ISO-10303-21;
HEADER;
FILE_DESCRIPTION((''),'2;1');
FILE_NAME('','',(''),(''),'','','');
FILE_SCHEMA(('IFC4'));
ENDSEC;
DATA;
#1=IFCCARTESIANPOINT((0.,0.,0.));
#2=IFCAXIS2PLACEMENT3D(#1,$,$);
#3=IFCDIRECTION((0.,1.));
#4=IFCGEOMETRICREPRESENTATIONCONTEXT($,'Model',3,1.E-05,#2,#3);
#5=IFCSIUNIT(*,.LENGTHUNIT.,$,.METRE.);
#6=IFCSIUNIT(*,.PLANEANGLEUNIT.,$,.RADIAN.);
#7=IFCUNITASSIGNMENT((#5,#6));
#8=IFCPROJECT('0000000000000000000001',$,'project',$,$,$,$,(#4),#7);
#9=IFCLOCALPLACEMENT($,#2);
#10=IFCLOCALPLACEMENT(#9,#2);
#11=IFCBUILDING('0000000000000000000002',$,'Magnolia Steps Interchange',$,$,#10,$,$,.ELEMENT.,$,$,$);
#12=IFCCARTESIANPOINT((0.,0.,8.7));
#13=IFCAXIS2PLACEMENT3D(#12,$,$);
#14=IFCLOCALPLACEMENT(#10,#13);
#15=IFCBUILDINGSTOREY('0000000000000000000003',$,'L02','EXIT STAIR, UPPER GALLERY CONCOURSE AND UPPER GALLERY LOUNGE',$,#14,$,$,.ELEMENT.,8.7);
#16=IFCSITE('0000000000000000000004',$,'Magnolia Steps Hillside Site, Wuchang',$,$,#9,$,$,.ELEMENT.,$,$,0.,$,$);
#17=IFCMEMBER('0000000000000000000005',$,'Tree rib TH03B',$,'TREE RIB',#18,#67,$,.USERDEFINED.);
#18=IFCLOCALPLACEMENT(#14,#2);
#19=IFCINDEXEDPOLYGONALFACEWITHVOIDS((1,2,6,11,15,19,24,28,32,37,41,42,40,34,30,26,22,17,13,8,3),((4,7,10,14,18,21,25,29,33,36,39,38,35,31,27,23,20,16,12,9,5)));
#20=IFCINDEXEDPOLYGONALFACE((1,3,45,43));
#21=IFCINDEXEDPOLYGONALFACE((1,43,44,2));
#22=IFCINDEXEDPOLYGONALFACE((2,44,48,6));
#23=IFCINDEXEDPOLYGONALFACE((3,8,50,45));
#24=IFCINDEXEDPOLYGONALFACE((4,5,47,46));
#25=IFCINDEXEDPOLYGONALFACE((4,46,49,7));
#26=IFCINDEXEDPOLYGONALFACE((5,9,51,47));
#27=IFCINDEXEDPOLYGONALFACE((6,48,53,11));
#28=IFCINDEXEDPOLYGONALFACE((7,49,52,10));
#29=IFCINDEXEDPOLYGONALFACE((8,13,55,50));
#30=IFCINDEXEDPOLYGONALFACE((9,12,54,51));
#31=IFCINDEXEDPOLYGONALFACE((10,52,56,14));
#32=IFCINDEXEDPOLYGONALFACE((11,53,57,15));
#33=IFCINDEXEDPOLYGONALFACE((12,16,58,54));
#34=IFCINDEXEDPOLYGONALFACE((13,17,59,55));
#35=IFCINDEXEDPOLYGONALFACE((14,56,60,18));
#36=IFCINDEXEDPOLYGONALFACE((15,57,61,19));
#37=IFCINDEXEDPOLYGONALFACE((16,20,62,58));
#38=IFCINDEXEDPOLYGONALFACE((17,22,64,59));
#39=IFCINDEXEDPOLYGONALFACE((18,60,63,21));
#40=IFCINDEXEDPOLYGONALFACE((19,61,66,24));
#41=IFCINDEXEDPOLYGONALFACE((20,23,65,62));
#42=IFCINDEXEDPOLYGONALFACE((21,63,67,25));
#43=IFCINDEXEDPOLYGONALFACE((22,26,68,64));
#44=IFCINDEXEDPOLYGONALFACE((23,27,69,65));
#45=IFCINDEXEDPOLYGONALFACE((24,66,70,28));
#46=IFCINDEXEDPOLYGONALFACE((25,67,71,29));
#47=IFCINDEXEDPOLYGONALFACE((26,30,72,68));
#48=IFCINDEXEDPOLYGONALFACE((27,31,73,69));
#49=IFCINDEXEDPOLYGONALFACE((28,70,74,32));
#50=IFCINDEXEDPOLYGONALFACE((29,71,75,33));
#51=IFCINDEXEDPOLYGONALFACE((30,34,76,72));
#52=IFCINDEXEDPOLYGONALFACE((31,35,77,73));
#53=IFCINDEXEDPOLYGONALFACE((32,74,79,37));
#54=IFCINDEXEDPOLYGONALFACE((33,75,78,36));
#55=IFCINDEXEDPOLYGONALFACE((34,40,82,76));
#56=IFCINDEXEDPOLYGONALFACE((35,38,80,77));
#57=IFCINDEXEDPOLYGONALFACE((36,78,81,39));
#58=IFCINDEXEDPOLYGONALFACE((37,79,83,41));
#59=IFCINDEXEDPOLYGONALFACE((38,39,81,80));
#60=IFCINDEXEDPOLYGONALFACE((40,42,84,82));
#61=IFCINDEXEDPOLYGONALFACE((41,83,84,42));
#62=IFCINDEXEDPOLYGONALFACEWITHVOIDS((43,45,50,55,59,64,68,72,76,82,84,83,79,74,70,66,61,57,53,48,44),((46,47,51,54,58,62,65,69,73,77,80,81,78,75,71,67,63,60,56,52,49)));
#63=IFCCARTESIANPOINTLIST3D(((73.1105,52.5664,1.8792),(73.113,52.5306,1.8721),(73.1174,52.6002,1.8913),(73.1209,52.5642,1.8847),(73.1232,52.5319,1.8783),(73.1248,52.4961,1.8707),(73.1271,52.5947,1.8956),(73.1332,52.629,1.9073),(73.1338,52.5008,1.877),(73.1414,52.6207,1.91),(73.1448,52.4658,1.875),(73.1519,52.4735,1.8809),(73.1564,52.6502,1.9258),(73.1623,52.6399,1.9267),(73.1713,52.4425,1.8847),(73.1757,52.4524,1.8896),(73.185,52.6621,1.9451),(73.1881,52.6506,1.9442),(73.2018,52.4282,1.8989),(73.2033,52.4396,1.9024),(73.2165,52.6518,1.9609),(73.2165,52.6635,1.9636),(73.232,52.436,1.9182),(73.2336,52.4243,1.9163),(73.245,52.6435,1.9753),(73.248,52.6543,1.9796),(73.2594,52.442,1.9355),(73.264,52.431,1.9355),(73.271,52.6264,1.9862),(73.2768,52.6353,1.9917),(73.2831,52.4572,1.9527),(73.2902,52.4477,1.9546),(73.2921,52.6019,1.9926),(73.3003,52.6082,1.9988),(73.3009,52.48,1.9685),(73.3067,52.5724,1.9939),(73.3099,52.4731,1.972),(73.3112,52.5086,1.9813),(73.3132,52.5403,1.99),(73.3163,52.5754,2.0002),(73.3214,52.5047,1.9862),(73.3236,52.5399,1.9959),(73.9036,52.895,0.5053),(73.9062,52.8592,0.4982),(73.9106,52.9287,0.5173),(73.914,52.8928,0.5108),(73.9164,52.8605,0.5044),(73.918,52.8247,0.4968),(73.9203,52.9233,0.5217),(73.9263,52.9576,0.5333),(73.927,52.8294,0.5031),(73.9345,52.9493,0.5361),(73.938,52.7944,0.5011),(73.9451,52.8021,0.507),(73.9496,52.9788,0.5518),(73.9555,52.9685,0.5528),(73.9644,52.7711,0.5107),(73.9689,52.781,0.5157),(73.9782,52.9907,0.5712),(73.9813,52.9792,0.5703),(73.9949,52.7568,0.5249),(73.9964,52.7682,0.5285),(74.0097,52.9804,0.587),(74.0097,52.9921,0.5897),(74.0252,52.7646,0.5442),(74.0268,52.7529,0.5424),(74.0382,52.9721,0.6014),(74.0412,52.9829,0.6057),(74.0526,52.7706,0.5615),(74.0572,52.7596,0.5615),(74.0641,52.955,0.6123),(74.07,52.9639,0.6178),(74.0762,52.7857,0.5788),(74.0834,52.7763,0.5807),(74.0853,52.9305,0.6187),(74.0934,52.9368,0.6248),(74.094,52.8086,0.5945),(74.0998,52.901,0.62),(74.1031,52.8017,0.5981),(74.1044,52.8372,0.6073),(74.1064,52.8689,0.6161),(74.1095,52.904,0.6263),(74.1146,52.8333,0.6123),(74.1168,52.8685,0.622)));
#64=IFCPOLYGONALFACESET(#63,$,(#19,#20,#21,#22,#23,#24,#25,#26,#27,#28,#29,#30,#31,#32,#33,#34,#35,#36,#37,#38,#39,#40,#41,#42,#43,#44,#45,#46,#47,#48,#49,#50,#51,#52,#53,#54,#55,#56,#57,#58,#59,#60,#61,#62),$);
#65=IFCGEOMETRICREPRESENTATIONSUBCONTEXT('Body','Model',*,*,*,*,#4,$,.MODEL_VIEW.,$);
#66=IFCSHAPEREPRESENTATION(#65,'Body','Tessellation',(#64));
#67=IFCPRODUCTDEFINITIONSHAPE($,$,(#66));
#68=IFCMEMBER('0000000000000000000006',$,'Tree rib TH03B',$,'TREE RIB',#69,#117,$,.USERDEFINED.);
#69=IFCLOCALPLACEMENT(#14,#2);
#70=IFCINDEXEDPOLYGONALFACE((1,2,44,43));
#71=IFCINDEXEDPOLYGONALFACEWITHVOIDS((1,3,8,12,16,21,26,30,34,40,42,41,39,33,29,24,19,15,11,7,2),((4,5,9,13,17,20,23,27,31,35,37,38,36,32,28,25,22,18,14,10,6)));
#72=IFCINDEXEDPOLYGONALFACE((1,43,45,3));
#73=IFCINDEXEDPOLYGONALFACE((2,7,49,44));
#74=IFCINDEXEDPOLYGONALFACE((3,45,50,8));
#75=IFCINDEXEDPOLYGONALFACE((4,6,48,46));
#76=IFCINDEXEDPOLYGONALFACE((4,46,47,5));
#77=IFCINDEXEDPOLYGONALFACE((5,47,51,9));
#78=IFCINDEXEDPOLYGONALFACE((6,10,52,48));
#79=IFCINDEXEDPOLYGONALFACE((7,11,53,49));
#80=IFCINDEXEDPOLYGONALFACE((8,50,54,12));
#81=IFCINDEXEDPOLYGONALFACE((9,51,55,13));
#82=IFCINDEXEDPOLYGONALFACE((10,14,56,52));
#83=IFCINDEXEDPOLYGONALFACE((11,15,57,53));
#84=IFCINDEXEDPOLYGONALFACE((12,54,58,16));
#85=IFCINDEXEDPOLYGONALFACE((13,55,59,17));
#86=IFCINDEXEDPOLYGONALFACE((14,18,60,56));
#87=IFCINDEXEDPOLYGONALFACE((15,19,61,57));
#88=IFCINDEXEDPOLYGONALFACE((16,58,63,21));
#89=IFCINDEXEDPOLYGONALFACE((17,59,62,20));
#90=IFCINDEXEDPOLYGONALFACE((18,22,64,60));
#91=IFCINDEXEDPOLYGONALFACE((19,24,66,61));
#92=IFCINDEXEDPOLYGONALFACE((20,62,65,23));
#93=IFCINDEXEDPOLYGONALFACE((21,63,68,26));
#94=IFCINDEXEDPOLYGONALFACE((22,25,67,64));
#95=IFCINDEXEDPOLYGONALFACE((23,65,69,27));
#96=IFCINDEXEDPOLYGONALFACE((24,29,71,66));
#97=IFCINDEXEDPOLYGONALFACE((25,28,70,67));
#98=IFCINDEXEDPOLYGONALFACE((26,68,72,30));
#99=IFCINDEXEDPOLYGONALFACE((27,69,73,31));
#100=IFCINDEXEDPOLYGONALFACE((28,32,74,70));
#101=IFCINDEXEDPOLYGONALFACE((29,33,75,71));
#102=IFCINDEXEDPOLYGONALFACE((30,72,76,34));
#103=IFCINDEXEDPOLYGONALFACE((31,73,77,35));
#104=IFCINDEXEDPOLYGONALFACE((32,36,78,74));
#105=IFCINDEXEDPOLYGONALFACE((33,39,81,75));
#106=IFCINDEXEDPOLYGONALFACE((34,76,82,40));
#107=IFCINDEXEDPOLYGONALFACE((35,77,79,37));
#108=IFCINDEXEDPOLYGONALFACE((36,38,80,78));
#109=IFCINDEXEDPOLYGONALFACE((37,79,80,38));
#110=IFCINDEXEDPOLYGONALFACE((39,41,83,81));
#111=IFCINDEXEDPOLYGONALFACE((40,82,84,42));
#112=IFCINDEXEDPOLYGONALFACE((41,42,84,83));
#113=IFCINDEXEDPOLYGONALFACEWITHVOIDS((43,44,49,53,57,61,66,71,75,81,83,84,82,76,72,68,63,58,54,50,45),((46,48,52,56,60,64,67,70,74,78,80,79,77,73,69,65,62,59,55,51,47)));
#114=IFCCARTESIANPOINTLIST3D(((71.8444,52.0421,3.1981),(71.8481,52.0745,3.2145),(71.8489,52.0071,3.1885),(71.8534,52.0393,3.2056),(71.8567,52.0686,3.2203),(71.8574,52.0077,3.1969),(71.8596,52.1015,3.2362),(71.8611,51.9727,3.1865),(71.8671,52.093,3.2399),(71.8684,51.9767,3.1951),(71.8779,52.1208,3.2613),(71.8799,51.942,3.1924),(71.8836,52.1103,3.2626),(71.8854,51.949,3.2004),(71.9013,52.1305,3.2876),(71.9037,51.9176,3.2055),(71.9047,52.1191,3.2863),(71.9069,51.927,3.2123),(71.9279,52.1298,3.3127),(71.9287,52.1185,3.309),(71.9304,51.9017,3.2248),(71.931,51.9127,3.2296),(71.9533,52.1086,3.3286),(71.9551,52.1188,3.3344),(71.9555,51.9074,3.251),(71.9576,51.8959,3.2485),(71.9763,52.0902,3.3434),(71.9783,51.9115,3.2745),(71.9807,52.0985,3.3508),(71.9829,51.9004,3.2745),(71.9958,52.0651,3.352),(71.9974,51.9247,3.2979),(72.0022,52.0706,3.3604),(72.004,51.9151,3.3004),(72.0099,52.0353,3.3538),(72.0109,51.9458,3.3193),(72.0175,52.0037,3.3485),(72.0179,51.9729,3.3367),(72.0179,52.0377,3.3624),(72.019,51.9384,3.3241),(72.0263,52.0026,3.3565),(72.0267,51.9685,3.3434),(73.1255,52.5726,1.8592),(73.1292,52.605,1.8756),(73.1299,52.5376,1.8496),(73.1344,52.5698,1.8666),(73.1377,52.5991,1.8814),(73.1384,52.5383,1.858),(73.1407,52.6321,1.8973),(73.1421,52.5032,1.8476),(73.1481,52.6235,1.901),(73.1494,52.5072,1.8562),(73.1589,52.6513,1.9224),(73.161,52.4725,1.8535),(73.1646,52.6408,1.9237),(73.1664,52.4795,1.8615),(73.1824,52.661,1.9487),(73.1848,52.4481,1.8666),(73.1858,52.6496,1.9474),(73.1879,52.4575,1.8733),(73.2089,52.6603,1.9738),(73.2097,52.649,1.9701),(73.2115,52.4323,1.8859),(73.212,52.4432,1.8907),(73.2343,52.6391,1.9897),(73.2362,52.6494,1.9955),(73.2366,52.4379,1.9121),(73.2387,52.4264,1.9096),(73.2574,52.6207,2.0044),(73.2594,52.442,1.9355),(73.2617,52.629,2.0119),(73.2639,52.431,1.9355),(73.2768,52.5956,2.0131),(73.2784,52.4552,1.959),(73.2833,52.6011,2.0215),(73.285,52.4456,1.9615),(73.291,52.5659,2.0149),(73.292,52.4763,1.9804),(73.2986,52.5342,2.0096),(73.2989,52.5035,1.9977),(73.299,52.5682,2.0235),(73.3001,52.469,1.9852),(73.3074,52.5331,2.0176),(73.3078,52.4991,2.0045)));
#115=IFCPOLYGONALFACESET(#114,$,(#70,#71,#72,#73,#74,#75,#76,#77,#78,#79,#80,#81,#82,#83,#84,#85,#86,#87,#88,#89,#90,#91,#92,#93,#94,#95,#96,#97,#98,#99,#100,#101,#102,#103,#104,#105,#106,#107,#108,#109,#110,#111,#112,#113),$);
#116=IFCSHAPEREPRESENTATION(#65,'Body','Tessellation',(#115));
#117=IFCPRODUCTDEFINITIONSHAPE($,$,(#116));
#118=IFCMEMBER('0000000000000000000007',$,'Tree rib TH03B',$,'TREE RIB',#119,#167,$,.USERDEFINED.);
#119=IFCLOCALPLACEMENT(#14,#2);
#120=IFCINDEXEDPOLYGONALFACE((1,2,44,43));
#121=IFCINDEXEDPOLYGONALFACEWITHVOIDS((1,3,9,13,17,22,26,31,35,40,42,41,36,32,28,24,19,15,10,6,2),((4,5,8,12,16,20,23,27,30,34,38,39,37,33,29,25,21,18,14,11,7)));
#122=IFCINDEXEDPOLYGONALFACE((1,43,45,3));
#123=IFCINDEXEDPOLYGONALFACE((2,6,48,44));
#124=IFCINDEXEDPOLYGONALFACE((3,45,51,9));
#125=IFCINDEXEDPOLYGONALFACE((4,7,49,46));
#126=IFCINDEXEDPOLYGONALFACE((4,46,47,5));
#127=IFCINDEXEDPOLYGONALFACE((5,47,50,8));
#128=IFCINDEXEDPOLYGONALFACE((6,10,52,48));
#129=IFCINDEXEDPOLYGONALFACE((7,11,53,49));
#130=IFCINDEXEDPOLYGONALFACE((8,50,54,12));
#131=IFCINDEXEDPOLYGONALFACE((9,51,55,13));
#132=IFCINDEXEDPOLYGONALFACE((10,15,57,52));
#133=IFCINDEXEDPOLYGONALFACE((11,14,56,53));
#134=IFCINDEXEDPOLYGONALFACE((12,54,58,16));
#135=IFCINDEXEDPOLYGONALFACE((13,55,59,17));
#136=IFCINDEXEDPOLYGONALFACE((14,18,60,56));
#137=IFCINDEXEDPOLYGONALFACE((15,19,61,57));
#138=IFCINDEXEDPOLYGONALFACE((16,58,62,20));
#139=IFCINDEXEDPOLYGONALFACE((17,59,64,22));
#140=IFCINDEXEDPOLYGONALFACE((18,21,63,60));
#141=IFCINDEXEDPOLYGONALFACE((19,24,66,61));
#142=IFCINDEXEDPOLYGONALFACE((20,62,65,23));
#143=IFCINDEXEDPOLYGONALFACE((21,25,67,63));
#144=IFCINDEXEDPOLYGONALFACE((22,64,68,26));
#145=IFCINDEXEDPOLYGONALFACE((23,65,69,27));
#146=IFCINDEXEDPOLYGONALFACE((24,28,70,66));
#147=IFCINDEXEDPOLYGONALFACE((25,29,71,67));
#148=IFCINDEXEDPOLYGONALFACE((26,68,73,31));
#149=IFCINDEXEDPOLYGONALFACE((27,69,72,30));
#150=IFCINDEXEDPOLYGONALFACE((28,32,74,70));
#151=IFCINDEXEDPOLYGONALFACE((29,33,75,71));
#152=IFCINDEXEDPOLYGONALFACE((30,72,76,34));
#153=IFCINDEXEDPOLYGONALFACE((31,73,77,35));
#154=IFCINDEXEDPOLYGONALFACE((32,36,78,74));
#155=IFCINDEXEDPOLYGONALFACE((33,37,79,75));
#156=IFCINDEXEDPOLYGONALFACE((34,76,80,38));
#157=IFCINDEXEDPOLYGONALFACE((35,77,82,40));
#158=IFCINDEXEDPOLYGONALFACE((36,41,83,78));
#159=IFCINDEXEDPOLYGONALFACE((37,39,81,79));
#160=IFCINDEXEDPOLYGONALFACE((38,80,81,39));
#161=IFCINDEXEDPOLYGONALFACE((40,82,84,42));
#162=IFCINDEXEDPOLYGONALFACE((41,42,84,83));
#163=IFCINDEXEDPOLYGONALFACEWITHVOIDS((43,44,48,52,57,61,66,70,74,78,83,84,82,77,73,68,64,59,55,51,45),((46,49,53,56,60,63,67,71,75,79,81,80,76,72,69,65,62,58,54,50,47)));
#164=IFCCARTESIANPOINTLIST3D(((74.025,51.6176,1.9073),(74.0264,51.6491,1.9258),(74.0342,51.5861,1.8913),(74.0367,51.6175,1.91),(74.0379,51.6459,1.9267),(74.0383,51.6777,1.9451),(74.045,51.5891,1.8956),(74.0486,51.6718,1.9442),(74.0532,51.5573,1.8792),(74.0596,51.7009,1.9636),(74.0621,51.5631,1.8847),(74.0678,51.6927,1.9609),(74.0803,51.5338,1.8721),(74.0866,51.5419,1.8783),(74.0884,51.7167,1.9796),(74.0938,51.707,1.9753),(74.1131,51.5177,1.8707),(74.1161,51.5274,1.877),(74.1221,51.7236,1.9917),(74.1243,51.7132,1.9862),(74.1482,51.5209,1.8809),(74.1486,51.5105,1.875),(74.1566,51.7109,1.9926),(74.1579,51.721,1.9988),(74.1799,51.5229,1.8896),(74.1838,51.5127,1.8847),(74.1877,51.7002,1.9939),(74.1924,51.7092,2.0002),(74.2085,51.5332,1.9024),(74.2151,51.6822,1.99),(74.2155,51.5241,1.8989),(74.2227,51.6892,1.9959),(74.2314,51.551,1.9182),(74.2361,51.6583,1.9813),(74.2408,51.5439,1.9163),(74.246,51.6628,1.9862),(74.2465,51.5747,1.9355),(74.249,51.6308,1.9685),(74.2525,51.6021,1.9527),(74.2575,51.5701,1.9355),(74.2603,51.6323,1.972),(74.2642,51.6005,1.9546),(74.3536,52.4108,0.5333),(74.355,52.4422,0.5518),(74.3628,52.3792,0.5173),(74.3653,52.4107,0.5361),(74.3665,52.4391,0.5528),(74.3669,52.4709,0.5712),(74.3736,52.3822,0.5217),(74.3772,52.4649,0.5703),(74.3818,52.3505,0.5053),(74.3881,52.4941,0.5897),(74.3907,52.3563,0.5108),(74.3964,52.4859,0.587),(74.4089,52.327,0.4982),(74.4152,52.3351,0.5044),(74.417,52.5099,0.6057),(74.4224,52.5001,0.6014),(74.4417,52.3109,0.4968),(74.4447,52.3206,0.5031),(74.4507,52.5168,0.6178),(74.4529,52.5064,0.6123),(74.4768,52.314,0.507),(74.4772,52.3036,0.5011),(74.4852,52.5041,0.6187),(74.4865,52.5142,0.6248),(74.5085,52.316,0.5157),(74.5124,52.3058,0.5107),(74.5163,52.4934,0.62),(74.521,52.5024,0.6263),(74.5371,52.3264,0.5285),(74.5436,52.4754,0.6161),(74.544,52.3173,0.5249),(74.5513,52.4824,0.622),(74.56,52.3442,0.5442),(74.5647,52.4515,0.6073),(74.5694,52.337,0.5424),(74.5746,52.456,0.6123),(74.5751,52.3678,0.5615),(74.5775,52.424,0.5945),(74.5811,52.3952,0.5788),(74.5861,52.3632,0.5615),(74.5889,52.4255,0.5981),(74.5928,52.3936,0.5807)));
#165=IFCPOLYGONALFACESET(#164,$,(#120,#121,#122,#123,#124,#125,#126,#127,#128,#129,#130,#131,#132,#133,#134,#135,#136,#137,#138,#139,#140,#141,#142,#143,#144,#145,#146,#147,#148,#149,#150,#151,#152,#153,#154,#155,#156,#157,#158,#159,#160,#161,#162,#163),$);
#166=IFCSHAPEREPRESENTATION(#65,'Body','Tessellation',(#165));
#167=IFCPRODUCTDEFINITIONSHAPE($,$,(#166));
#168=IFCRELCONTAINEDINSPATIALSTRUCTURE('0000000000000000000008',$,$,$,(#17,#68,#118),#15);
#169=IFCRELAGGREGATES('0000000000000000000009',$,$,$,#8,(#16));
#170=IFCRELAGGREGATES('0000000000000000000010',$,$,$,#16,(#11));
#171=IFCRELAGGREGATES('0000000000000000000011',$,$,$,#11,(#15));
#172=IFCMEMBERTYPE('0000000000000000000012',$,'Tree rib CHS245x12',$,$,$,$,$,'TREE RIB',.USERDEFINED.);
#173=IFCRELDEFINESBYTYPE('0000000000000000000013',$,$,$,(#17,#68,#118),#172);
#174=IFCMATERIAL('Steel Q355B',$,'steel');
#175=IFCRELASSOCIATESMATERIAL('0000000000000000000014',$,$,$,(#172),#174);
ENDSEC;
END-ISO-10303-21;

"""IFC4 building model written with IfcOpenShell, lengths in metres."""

from ifc_helpers import new_model, si_unit, direction, frame, origin, origin_2d, place, context, subcontext, project, spatial, hollow_circle, extrude, material, material_profile, profile_set, type_object, element, save


model = new_model("IFC4")

# Units and contexts
model_context = context("Model", 3, precision=1e-05, world=origin(), true_north=direction((0.0, 1.0)))
body_context = subcontext(model_context, "Body", "Model", "MODEL_VIEW")
ifc_project = project(units=[si_unit("LENGTHUNIT", "METRE"), si_unit("PLANEANGLEUNIT", "RADIAN")], contexts=[model_context])

# Site, building, storey
site_placement = place(None, origin())
site = spatial("IfcSite", under=ifc_project, at=site_placement, Name="Magnolia Steps Hillside Site, Wuchang", CompositionType="ELEMENT", RefElevation=0.0)
building_placement = place(site_placement, origin())
building = spatial("IfcBuilding", under=site, at=building_placement, Name="Magnolia Steps Interchange", CompositionType="ELEMENT")
storey_placement = place(building_placement, frame((0.0, 0.0, 8.7)))
storey = spatial("IfcBuildingStorey", under=building, at=storey_placement, Name="L02", Description="EXIT STAIR, UPPER GALLERY CONCOURSE AND UPPER GALLERY LOUNGE", CompositionType="ELEMENT", Elevation=8.7)

# Members
ifc_material_1 = material(Name="Steel Q355B", Category="steel")
ifc_material_profile_1 = material_profile(ifc_material_1, hollow_circle(Radius=0.1226, WallThickness=0.012, at=origin_2d()), Name="CHS245x12")
ifc_profile_set_1 = profile_set([ifc_material_profile_1], Name="Steel Q355B")
member_type = type_object("IfcMemberType", Name="Tree rib CHS245x12", ElementType="TREE RIB", PredefinedType="USERDEFINED", material=ifc_profile_set_1)
member_1_placement = place(storey_placement, frame((74.0103, 52.8728, 0.5615), z_axis=(-0.489571, -0.20282, 0.848047), x_axis=(0.382737, -0.923857, 0.0)))
element("IfcMember", 1, at=member_1_placement, inside=storey, type_object=member_type, Name="Tree rib TH03B", ObjectType="TREE RIB", PredefinedType="USERDEFINED", context=body_context, shape_type="SweptSolid", body=[
    extrude(hollow_circle(Radius=0.1226, WallThickness=0.012, at=origin_2d()), origin(), (0.0, 0.0, 1.0), 1.6201),
])
member_2_placement = place(storey_placement, frame((73.217, 52.5442, 1.9355), z_axis=(-0.664618, -0.275246, 0.694638), x_axis=(0.382627, -0.923903, 0.0)))
element("IfcMember", 2, at=member_2_placement, inside=storey, type_object=member_type, Name="Tree rib TH03B", ObjectType="TREE RIB", PredefinedType="USERDEFINED", context=body_context, shape_type="SweptSolid", body=[
    extrude(hollow_circle(Radius=0.1226, WallThickness=0.012, at=origin_2d()), origin(), (0.0, 0.0, 1.0), 1.9275),
])
member_3_placement = place(storey_placement, frame((74.4729, 52.4102, 0.5615), z_axis=(-0.20282, -0.489571, 0.848047), x_axis=(0.923857, -0.382737, 0.0)))
element("IfcMember", 3, at=member_3_placement, inside=storey, type_object=member_type, Name="Tree rib TH03B", ObjectType="TREE RIB", PredefinedType="USERDEFINED", context=body_context, shape_type="SweptSolid", body=[
    extrude(hollow_circle(Radius=0.1226, WallThickness=0.012, at=origin_2d()), origin(), (0.0, 0.0, 1.0), 1.6201),
])

save(model, "model.ifc")
